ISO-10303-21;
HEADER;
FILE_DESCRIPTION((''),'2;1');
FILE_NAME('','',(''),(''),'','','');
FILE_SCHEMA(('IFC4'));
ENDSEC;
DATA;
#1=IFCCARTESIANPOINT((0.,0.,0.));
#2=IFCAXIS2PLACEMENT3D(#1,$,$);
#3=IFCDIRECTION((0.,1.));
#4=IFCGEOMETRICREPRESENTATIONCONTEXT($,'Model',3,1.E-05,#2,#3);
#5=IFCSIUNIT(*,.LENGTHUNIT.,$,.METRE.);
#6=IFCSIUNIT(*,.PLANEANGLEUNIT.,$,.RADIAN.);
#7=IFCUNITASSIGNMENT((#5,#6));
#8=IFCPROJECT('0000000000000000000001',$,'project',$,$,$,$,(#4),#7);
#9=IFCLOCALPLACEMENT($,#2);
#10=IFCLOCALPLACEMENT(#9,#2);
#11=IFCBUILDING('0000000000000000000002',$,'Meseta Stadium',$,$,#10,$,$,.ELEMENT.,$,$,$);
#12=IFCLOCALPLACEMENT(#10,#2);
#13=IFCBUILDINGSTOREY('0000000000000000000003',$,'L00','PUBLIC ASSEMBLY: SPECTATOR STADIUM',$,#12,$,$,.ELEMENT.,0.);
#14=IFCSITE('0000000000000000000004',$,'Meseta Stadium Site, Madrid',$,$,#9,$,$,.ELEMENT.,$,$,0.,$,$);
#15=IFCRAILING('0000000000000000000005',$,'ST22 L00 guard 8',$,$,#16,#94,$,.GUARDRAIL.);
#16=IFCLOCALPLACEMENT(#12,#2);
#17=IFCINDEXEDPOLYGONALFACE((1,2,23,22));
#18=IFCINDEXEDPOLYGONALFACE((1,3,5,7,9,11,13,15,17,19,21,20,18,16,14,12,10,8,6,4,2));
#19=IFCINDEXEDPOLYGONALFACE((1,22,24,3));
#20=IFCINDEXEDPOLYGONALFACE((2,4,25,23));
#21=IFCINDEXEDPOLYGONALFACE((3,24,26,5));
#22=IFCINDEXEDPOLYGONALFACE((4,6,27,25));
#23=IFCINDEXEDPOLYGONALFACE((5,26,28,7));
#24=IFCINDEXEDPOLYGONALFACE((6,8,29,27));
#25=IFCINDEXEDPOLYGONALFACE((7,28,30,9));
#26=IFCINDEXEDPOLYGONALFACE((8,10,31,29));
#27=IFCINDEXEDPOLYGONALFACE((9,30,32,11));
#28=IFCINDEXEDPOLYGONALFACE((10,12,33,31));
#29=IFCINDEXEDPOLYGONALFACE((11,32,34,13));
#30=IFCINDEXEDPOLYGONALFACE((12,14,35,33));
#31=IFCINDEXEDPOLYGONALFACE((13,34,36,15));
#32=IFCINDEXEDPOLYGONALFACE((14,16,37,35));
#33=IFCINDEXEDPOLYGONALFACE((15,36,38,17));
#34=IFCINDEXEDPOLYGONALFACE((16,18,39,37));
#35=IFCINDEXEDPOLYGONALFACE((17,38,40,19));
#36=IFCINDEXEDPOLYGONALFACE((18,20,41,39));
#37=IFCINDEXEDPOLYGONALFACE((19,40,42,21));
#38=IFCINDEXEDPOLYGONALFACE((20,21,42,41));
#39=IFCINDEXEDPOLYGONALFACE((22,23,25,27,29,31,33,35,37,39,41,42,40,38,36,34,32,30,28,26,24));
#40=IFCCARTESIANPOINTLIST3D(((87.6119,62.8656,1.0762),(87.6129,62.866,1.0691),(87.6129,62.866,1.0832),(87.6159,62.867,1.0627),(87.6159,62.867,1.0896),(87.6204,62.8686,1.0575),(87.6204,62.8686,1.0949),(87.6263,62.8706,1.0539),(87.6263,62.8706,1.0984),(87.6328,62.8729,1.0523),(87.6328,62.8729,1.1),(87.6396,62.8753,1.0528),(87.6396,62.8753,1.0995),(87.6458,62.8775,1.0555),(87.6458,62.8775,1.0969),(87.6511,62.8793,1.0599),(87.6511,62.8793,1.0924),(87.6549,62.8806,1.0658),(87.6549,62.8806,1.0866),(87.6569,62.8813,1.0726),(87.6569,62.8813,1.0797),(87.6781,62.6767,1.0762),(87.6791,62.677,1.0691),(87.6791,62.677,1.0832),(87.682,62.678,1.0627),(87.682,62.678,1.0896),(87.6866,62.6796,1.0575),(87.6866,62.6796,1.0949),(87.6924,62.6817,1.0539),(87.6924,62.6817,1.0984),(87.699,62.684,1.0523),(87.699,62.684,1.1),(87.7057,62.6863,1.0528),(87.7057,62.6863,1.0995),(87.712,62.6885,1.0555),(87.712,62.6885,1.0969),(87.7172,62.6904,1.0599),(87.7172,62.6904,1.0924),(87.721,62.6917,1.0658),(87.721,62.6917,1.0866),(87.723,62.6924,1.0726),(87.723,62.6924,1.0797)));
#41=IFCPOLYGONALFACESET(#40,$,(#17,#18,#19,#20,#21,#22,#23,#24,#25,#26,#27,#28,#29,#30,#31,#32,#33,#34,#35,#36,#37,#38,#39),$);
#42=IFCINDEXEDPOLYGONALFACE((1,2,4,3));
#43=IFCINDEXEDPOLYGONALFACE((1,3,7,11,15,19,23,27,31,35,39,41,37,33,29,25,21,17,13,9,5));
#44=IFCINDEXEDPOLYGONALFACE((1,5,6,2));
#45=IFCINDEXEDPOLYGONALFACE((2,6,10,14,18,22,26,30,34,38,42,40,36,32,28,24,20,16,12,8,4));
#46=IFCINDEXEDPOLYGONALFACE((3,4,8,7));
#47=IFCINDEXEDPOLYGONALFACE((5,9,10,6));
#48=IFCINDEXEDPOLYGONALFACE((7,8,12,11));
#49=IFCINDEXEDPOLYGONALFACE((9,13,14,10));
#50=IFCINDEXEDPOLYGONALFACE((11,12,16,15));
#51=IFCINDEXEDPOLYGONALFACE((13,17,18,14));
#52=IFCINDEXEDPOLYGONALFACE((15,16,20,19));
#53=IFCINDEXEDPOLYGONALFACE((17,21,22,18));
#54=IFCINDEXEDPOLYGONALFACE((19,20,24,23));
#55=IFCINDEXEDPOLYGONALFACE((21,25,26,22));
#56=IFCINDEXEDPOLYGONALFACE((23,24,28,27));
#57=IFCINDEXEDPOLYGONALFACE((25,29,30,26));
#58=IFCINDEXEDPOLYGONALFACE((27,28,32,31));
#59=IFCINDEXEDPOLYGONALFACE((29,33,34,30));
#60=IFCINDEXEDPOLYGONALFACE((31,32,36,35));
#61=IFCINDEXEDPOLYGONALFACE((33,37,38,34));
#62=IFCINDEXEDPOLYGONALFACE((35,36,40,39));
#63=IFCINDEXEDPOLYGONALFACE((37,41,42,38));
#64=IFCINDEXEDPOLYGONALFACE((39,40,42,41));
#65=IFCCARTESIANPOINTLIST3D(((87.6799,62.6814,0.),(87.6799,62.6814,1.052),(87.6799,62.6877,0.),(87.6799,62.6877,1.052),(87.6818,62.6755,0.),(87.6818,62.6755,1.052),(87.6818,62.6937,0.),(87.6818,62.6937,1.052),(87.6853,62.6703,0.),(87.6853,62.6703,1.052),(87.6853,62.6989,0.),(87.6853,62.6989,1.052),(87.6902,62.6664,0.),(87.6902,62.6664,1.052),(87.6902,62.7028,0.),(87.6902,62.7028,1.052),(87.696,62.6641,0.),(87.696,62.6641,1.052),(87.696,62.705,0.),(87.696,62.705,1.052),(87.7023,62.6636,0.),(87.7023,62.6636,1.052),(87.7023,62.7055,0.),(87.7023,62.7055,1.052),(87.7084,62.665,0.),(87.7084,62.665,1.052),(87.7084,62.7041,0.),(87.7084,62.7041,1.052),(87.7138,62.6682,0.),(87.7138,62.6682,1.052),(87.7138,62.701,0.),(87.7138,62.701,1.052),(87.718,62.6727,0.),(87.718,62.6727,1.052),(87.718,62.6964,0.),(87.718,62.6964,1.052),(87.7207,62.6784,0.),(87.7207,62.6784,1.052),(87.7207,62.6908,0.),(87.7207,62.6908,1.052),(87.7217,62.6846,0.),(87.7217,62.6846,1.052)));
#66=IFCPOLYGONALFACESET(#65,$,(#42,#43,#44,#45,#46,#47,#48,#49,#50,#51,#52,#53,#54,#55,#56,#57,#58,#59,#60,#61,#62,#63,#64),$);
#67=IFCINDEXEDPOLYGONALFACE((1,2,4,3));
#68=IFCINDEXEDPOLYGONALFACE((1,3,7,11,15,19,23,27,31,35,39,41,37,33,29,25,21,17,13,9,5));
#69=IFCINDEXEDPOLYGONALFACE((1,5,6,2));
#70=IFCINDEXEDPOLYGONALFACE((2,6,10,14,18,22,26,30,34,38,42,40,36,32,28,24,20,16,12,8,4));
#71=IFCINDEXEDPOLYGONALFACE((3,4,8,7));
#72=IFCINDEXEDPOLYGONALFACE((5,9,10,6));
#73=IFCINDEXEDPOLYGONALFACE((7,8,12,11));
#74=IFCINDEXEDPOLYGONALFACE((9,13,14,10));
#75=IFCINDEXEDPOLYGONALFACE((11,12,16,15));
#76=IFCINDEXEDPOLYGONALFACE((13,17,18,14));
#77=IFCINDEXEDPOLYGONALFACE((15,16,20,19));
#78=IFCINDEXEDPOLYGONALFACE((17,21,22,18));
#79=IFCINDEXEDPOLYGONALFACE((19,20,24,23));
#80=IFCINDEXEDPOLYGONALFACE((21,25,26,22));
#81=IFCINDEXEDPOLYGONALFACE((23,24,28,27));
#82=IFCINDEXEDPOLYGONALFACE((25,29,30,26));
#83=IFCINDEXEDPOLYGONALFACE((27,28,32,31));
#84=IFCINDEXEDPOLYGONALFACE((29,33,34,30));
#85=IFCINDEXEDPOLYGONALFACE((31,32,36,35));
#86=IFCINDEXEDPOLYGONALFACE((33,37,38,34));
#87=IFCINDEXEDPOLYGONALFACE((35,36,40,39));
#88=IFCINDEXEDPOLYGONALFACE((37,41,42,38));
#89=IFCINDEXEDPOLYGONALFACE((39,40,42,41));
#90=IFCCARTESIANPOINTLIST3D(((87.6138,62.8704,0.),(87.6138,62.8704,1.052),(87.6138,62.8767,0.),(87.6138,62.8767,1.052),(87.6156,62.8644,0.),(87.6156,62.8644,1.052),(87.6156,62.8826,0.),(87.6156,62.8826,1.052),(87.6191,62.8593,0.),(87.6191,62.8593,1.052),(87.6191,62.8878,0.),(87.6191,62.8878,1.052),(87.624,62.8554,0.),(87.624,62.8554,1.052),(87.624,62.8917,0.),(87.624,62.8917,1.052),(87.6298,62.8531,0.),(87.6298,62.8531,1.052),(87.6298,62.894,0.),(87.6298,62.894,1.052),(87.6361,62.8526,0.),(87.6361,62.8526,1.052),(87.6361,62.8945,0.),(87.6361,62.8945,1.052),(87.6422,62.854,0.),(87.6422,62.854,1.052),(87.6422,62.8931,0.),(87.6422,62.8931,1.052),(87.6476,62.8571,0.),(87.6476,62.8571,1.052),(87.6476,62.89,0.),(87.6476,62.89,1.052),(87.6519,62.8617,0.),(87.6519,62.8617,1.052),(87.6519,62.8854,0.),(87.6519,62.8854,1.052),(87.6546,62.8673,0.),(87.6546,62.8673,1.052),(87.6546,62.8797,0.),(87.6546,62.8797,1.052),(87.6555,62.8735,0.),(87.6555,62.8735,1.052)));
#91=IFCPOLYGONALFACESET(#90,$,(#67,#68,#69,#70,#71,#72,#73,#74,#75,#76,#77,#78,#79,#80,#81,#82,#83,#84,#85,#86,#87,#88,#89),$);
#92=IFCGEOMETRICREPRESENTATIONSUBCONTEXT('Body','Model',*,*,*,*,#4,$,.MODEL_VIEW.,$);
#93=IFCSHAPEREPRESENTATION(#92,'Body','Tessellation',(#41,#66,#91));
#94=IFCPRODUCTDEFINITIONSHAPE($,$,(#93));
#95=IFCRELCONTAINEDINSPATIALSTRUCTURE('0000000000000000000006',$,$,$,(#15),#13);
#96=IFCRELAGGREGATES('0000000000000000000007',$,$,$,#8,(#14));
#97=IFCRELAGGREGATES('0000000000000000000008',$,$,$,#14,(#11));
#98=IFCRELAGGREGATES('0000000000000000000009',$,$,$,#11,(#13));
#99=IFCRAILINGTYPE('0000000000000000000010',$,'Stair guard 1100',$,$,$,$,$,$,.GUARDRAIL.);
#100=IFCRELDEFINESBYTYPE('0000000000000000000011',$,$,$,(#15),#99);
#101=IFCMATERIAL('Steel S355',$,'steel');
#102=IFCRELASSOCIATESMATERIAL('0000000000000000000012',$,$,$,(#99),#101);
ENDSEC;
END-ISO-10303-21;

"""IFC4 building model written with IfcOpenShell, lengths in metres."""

from ifc_helpers import new_model, si_unit, direction, frame, origin, origin_2d, place, context, subcontext, project, spatial, circle, extrude, material, type_object, element, save


model = new_model("IFC4")

# Units and contexts
model_context = context("Model", 3, precision=1e-05, world=origin(), true_north=direction((0.0, 1.0)))
body_context = subcontext(model_context, "Body", "Model", "MODEL_VIEW")
ifc_project = project(units=[si_unit("LENGTHUNIT", "METRE"), si_unit("PLANEANGLEUNIT", "RADIAN")], contexts=[model_context])

# Site, building, storey
site_placement = place(None, origin())
site = spatial("IfcSite", under=ifc_project, at=site_placement, Name="Meseta Stadium Site, Madrid", CompositionType="ELEMENT", RefElevation=0.0)
building_placement = place(site_placement, origin())
building = spatial("IfcBuilding", under=site, at=building_placement, Name="Meseta Stadium", CompositionType="ELEMENT")
storey_placement = place(building_placement, origin())
storey = spatial("IfcBuildingStorey", under=building, at=storey_placement, Name="L00", Description="PUBLIC ASSEMBLY: SPECTATOR STADIUM", CompositionType="ELEMENT", Elevation=0.0)

# Railing
ifc_material_1 = material(Name="Steel S355", Category="steel")
railing_type_1 = type_object("IfcRailingType", Name="Stair guard 1100", PredefinedType="GUARDRAIL", material=ifc_material_1)
railing_1_placement = place(storey_placement, frame((87.7007, 62.6846, 0.0)))
element("IfcRailing", 1, at=railing_1_placement, inside=storey, type_object=railing_type_1, Name="ST22 L00 guard 8", PredefinedType="GUARDRAIL", context=body_context, shape_type="SweptSolid", body=[
    extrude(circle(Radius=0.0239, at=origin_2d()), frame((0.0, 0.0, 1.0762), z_axis=(-0.330459, 0.94382, 0.0), x_axis=(-0.94382, -0.330459, 0.0)), (0.0, 0.0, 1.0), 0.2002),
    extrude(circle(Radius=0.021, at=origin_2d()), origin(), (0.0, 0.0, 1.0), 1.052),
    extrude(circle(Radius=0.021, at=origin_2d()), frame((-0.0662, 0.189, 0.0)), (0.0, 0.0, 1.0), 1.052),
])

save(model, "model.ifc")
